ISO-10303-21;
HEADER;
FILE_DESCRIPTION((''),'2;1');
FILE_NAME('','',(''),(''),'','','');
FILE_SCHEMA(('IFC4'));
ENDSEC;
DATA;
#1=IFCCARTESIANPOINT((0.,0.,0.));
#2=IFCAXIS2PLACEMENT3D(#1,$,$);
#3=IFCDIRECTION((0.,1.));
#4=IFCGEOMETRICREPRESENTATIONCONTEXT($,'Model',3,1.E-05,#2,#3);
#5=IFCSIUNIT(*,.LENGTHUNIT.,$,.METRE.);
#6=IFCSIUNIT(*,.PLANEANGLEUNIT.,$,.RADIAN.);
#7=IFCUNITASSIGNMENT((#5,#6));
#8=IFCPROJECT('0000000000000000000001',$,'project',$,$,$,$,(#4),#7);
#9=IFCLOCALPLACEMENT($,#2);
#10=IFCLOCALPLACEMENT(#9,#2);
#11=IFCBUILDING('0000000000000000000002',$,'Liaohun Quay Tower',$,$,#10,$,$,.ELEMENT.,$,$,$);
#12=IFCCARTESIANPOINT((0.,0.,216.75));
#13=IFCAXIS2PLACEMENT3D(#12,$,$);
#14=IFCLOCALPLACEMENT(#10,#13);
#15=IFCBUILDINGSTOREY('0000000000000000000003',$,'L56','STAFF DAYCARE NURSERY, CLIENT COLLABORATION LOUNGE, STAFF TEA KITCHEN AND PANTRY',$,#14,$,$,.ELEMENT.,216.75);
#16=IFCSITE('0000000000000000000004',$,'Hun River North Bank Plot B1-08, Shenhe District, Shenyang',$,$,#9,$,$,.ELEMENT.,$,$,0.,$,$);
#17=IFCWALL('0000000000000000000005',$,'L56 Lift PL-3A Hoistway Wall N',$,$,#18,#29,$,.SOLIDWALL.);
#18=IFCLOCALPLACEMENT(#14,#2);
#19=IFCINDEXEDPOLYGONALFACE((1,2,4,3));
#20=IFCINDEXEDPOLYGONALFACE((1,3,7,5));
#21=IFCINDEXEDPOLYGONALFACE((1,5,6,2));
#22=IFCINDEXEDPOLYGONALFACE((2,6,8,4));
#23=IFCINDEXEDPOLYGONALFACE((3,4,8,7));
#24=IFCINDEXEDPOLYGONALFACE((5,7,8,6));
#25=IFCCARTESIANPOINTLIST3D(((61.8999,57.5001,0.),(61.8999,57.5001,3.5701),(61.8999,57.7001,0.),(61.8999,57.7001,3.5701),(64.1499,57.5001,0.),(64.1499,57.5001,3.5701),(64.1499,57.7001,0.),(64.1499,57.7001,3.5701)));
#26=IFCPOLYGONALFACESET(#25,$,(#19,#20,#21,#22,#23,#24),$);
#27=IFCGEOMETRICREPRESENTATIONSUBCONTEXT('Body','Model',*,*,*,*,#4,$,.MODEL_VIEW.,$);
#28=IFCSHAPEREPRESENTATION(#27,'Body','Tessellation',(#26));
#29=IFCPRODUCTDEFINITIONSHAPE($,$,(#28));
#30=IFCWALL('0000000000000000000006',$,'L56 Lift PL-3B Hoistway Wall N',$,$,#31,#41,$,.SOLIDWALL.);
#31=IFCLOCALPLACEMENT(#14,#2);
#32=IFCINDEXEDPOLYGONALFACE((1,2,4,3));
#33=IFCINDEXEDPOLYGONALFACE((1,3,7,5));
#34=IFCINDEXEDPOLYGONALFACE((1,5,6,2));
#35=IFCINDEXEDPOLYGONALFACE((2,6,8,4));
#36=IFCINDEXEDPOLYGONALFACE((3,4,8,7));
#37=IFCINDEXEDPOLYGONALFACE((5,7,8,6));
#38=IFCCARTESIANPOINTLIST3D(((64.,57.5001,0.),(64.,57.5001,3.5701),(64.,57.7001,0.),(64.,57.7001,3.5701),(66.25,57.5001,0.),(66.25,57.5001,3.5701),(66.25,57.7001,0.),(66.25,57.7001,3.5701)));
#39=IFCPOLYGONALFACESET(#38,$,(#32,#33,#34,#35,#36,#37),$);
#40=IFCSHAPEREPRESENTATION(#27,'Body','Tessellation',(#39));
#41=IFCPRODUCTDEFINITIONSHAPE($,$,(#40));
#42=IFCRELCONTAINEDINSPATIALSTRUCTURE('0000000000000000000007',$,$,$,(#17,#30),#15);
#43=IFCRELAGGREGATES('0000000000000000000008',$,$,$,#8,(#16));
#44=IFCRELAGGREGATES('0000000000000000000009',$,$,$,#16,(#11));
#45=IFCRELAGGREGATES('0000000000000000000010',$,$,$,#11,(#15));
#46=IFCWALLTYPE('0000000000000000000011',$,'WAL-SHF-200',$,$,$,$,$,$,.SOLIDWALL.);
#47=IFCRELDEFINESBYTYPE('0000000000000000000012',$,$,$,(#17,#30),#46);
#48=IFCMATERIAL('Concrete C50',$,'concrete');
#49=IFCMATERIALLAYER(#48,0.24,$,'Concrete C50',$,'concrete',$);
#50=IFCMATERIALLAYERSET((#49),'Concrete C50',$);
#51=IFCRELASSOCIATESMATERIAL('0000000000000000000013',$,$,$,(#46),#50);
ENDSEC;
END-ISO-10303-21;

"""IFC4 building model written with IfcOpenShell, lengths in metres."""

from ifc_helpers import new_model, si_unit, direction, frame, frame_2d, origin, place, context, subcontext, project, spatial, rectangle, extrude, material, layer, layer_set, type_object, element, save


model = new_model("IFC4")

# Units and contexts
model_context = context("Model", 3, precision=1e-05, world=origin(), true_north=direction((0.0, 1.0)))
body_context = subcontext(model_context, "Body", "Model", "MODEL_VIEW")
ifc_project = project(units=[si_unit("LENGTHUNIT", "METRE"), si_unit("PLANEANGLEUNIT", "RADIAN")], contexts=[model_context])

# Site, building, storey
site_placement = place(None, origin())
site = spatial("IfcSite", under=ifc_project, at=site_placement, Name="Hun River North Bank Plot B1-08, Shenhe District, Shenyang", CompositionType="ELEMENT", RefElevation=0.0)
building_placement = place(site_placement, origin())
building = spatial("IfcBuilding", under=site, at=building_placement, Name="Liaohun Quay Tower", CompositionType="ELEMENT")
storey_placement = place(building_placement, frame((0.0, 0.0, 216.75)))
storey = spatial("IfcBuildingStorey", under=building, at=storey_placement, Name="L56", Description="STAFF DAYCARE NURSERY, CLIENT COLLABORATION LOUNGE, STAFF TEA KITCHEN AND PANTRY", CompositionType="ELEMENT", Elevation=216.75)

# Walls
ifc_material_1 = material(Name="Concrete C50", Category="concrete")
ifc_layer_1 = layer(ifc_material_1, 0.24, Name="Concrete C50", Category="concrete")
ifc_layer_set_1 = layer_set([ifc_layer_1], Name="Concrete C50")
wall_type_1 = type_object("IfcWallType", Name="WAL-SHF-200", PredefinedType="SOLIDWALL", material=ifc_layer_set_1)
for number, where, z_axis, x_axis, name in (
    (1, (64.1499, 57.6001, 0.0), (0.0, 0.0, 1.0), (-1.0, 0.0, 0.0), "L56 Lift PL-3A Hoistway Wall N"),
    (2, (66.25, 57.6001, 0.0), (0.0, 0.0, 1.0), (-1.0, 0.0, 0.0), "L56 Lift PL-3B Hoistway Wall N"),
):
    element("IfcWall", number, at=place(storey_placement, frame(where, z_axis=z_axis, x_axis=x_axis)), inside=storey, type_object=wall_type_1, Name=name, PredefinedType="SOLIDWALL", context=body_context, shape_type="SweptSolid", body=[
        extrude(rectangle(XDim=2.25, YDim=0.2, at=frame_2d((1.125, 0.0))), origin(), (0.0, 0.0, 1.0), 3.5701),
    ])

save(model, "model.ifc")
